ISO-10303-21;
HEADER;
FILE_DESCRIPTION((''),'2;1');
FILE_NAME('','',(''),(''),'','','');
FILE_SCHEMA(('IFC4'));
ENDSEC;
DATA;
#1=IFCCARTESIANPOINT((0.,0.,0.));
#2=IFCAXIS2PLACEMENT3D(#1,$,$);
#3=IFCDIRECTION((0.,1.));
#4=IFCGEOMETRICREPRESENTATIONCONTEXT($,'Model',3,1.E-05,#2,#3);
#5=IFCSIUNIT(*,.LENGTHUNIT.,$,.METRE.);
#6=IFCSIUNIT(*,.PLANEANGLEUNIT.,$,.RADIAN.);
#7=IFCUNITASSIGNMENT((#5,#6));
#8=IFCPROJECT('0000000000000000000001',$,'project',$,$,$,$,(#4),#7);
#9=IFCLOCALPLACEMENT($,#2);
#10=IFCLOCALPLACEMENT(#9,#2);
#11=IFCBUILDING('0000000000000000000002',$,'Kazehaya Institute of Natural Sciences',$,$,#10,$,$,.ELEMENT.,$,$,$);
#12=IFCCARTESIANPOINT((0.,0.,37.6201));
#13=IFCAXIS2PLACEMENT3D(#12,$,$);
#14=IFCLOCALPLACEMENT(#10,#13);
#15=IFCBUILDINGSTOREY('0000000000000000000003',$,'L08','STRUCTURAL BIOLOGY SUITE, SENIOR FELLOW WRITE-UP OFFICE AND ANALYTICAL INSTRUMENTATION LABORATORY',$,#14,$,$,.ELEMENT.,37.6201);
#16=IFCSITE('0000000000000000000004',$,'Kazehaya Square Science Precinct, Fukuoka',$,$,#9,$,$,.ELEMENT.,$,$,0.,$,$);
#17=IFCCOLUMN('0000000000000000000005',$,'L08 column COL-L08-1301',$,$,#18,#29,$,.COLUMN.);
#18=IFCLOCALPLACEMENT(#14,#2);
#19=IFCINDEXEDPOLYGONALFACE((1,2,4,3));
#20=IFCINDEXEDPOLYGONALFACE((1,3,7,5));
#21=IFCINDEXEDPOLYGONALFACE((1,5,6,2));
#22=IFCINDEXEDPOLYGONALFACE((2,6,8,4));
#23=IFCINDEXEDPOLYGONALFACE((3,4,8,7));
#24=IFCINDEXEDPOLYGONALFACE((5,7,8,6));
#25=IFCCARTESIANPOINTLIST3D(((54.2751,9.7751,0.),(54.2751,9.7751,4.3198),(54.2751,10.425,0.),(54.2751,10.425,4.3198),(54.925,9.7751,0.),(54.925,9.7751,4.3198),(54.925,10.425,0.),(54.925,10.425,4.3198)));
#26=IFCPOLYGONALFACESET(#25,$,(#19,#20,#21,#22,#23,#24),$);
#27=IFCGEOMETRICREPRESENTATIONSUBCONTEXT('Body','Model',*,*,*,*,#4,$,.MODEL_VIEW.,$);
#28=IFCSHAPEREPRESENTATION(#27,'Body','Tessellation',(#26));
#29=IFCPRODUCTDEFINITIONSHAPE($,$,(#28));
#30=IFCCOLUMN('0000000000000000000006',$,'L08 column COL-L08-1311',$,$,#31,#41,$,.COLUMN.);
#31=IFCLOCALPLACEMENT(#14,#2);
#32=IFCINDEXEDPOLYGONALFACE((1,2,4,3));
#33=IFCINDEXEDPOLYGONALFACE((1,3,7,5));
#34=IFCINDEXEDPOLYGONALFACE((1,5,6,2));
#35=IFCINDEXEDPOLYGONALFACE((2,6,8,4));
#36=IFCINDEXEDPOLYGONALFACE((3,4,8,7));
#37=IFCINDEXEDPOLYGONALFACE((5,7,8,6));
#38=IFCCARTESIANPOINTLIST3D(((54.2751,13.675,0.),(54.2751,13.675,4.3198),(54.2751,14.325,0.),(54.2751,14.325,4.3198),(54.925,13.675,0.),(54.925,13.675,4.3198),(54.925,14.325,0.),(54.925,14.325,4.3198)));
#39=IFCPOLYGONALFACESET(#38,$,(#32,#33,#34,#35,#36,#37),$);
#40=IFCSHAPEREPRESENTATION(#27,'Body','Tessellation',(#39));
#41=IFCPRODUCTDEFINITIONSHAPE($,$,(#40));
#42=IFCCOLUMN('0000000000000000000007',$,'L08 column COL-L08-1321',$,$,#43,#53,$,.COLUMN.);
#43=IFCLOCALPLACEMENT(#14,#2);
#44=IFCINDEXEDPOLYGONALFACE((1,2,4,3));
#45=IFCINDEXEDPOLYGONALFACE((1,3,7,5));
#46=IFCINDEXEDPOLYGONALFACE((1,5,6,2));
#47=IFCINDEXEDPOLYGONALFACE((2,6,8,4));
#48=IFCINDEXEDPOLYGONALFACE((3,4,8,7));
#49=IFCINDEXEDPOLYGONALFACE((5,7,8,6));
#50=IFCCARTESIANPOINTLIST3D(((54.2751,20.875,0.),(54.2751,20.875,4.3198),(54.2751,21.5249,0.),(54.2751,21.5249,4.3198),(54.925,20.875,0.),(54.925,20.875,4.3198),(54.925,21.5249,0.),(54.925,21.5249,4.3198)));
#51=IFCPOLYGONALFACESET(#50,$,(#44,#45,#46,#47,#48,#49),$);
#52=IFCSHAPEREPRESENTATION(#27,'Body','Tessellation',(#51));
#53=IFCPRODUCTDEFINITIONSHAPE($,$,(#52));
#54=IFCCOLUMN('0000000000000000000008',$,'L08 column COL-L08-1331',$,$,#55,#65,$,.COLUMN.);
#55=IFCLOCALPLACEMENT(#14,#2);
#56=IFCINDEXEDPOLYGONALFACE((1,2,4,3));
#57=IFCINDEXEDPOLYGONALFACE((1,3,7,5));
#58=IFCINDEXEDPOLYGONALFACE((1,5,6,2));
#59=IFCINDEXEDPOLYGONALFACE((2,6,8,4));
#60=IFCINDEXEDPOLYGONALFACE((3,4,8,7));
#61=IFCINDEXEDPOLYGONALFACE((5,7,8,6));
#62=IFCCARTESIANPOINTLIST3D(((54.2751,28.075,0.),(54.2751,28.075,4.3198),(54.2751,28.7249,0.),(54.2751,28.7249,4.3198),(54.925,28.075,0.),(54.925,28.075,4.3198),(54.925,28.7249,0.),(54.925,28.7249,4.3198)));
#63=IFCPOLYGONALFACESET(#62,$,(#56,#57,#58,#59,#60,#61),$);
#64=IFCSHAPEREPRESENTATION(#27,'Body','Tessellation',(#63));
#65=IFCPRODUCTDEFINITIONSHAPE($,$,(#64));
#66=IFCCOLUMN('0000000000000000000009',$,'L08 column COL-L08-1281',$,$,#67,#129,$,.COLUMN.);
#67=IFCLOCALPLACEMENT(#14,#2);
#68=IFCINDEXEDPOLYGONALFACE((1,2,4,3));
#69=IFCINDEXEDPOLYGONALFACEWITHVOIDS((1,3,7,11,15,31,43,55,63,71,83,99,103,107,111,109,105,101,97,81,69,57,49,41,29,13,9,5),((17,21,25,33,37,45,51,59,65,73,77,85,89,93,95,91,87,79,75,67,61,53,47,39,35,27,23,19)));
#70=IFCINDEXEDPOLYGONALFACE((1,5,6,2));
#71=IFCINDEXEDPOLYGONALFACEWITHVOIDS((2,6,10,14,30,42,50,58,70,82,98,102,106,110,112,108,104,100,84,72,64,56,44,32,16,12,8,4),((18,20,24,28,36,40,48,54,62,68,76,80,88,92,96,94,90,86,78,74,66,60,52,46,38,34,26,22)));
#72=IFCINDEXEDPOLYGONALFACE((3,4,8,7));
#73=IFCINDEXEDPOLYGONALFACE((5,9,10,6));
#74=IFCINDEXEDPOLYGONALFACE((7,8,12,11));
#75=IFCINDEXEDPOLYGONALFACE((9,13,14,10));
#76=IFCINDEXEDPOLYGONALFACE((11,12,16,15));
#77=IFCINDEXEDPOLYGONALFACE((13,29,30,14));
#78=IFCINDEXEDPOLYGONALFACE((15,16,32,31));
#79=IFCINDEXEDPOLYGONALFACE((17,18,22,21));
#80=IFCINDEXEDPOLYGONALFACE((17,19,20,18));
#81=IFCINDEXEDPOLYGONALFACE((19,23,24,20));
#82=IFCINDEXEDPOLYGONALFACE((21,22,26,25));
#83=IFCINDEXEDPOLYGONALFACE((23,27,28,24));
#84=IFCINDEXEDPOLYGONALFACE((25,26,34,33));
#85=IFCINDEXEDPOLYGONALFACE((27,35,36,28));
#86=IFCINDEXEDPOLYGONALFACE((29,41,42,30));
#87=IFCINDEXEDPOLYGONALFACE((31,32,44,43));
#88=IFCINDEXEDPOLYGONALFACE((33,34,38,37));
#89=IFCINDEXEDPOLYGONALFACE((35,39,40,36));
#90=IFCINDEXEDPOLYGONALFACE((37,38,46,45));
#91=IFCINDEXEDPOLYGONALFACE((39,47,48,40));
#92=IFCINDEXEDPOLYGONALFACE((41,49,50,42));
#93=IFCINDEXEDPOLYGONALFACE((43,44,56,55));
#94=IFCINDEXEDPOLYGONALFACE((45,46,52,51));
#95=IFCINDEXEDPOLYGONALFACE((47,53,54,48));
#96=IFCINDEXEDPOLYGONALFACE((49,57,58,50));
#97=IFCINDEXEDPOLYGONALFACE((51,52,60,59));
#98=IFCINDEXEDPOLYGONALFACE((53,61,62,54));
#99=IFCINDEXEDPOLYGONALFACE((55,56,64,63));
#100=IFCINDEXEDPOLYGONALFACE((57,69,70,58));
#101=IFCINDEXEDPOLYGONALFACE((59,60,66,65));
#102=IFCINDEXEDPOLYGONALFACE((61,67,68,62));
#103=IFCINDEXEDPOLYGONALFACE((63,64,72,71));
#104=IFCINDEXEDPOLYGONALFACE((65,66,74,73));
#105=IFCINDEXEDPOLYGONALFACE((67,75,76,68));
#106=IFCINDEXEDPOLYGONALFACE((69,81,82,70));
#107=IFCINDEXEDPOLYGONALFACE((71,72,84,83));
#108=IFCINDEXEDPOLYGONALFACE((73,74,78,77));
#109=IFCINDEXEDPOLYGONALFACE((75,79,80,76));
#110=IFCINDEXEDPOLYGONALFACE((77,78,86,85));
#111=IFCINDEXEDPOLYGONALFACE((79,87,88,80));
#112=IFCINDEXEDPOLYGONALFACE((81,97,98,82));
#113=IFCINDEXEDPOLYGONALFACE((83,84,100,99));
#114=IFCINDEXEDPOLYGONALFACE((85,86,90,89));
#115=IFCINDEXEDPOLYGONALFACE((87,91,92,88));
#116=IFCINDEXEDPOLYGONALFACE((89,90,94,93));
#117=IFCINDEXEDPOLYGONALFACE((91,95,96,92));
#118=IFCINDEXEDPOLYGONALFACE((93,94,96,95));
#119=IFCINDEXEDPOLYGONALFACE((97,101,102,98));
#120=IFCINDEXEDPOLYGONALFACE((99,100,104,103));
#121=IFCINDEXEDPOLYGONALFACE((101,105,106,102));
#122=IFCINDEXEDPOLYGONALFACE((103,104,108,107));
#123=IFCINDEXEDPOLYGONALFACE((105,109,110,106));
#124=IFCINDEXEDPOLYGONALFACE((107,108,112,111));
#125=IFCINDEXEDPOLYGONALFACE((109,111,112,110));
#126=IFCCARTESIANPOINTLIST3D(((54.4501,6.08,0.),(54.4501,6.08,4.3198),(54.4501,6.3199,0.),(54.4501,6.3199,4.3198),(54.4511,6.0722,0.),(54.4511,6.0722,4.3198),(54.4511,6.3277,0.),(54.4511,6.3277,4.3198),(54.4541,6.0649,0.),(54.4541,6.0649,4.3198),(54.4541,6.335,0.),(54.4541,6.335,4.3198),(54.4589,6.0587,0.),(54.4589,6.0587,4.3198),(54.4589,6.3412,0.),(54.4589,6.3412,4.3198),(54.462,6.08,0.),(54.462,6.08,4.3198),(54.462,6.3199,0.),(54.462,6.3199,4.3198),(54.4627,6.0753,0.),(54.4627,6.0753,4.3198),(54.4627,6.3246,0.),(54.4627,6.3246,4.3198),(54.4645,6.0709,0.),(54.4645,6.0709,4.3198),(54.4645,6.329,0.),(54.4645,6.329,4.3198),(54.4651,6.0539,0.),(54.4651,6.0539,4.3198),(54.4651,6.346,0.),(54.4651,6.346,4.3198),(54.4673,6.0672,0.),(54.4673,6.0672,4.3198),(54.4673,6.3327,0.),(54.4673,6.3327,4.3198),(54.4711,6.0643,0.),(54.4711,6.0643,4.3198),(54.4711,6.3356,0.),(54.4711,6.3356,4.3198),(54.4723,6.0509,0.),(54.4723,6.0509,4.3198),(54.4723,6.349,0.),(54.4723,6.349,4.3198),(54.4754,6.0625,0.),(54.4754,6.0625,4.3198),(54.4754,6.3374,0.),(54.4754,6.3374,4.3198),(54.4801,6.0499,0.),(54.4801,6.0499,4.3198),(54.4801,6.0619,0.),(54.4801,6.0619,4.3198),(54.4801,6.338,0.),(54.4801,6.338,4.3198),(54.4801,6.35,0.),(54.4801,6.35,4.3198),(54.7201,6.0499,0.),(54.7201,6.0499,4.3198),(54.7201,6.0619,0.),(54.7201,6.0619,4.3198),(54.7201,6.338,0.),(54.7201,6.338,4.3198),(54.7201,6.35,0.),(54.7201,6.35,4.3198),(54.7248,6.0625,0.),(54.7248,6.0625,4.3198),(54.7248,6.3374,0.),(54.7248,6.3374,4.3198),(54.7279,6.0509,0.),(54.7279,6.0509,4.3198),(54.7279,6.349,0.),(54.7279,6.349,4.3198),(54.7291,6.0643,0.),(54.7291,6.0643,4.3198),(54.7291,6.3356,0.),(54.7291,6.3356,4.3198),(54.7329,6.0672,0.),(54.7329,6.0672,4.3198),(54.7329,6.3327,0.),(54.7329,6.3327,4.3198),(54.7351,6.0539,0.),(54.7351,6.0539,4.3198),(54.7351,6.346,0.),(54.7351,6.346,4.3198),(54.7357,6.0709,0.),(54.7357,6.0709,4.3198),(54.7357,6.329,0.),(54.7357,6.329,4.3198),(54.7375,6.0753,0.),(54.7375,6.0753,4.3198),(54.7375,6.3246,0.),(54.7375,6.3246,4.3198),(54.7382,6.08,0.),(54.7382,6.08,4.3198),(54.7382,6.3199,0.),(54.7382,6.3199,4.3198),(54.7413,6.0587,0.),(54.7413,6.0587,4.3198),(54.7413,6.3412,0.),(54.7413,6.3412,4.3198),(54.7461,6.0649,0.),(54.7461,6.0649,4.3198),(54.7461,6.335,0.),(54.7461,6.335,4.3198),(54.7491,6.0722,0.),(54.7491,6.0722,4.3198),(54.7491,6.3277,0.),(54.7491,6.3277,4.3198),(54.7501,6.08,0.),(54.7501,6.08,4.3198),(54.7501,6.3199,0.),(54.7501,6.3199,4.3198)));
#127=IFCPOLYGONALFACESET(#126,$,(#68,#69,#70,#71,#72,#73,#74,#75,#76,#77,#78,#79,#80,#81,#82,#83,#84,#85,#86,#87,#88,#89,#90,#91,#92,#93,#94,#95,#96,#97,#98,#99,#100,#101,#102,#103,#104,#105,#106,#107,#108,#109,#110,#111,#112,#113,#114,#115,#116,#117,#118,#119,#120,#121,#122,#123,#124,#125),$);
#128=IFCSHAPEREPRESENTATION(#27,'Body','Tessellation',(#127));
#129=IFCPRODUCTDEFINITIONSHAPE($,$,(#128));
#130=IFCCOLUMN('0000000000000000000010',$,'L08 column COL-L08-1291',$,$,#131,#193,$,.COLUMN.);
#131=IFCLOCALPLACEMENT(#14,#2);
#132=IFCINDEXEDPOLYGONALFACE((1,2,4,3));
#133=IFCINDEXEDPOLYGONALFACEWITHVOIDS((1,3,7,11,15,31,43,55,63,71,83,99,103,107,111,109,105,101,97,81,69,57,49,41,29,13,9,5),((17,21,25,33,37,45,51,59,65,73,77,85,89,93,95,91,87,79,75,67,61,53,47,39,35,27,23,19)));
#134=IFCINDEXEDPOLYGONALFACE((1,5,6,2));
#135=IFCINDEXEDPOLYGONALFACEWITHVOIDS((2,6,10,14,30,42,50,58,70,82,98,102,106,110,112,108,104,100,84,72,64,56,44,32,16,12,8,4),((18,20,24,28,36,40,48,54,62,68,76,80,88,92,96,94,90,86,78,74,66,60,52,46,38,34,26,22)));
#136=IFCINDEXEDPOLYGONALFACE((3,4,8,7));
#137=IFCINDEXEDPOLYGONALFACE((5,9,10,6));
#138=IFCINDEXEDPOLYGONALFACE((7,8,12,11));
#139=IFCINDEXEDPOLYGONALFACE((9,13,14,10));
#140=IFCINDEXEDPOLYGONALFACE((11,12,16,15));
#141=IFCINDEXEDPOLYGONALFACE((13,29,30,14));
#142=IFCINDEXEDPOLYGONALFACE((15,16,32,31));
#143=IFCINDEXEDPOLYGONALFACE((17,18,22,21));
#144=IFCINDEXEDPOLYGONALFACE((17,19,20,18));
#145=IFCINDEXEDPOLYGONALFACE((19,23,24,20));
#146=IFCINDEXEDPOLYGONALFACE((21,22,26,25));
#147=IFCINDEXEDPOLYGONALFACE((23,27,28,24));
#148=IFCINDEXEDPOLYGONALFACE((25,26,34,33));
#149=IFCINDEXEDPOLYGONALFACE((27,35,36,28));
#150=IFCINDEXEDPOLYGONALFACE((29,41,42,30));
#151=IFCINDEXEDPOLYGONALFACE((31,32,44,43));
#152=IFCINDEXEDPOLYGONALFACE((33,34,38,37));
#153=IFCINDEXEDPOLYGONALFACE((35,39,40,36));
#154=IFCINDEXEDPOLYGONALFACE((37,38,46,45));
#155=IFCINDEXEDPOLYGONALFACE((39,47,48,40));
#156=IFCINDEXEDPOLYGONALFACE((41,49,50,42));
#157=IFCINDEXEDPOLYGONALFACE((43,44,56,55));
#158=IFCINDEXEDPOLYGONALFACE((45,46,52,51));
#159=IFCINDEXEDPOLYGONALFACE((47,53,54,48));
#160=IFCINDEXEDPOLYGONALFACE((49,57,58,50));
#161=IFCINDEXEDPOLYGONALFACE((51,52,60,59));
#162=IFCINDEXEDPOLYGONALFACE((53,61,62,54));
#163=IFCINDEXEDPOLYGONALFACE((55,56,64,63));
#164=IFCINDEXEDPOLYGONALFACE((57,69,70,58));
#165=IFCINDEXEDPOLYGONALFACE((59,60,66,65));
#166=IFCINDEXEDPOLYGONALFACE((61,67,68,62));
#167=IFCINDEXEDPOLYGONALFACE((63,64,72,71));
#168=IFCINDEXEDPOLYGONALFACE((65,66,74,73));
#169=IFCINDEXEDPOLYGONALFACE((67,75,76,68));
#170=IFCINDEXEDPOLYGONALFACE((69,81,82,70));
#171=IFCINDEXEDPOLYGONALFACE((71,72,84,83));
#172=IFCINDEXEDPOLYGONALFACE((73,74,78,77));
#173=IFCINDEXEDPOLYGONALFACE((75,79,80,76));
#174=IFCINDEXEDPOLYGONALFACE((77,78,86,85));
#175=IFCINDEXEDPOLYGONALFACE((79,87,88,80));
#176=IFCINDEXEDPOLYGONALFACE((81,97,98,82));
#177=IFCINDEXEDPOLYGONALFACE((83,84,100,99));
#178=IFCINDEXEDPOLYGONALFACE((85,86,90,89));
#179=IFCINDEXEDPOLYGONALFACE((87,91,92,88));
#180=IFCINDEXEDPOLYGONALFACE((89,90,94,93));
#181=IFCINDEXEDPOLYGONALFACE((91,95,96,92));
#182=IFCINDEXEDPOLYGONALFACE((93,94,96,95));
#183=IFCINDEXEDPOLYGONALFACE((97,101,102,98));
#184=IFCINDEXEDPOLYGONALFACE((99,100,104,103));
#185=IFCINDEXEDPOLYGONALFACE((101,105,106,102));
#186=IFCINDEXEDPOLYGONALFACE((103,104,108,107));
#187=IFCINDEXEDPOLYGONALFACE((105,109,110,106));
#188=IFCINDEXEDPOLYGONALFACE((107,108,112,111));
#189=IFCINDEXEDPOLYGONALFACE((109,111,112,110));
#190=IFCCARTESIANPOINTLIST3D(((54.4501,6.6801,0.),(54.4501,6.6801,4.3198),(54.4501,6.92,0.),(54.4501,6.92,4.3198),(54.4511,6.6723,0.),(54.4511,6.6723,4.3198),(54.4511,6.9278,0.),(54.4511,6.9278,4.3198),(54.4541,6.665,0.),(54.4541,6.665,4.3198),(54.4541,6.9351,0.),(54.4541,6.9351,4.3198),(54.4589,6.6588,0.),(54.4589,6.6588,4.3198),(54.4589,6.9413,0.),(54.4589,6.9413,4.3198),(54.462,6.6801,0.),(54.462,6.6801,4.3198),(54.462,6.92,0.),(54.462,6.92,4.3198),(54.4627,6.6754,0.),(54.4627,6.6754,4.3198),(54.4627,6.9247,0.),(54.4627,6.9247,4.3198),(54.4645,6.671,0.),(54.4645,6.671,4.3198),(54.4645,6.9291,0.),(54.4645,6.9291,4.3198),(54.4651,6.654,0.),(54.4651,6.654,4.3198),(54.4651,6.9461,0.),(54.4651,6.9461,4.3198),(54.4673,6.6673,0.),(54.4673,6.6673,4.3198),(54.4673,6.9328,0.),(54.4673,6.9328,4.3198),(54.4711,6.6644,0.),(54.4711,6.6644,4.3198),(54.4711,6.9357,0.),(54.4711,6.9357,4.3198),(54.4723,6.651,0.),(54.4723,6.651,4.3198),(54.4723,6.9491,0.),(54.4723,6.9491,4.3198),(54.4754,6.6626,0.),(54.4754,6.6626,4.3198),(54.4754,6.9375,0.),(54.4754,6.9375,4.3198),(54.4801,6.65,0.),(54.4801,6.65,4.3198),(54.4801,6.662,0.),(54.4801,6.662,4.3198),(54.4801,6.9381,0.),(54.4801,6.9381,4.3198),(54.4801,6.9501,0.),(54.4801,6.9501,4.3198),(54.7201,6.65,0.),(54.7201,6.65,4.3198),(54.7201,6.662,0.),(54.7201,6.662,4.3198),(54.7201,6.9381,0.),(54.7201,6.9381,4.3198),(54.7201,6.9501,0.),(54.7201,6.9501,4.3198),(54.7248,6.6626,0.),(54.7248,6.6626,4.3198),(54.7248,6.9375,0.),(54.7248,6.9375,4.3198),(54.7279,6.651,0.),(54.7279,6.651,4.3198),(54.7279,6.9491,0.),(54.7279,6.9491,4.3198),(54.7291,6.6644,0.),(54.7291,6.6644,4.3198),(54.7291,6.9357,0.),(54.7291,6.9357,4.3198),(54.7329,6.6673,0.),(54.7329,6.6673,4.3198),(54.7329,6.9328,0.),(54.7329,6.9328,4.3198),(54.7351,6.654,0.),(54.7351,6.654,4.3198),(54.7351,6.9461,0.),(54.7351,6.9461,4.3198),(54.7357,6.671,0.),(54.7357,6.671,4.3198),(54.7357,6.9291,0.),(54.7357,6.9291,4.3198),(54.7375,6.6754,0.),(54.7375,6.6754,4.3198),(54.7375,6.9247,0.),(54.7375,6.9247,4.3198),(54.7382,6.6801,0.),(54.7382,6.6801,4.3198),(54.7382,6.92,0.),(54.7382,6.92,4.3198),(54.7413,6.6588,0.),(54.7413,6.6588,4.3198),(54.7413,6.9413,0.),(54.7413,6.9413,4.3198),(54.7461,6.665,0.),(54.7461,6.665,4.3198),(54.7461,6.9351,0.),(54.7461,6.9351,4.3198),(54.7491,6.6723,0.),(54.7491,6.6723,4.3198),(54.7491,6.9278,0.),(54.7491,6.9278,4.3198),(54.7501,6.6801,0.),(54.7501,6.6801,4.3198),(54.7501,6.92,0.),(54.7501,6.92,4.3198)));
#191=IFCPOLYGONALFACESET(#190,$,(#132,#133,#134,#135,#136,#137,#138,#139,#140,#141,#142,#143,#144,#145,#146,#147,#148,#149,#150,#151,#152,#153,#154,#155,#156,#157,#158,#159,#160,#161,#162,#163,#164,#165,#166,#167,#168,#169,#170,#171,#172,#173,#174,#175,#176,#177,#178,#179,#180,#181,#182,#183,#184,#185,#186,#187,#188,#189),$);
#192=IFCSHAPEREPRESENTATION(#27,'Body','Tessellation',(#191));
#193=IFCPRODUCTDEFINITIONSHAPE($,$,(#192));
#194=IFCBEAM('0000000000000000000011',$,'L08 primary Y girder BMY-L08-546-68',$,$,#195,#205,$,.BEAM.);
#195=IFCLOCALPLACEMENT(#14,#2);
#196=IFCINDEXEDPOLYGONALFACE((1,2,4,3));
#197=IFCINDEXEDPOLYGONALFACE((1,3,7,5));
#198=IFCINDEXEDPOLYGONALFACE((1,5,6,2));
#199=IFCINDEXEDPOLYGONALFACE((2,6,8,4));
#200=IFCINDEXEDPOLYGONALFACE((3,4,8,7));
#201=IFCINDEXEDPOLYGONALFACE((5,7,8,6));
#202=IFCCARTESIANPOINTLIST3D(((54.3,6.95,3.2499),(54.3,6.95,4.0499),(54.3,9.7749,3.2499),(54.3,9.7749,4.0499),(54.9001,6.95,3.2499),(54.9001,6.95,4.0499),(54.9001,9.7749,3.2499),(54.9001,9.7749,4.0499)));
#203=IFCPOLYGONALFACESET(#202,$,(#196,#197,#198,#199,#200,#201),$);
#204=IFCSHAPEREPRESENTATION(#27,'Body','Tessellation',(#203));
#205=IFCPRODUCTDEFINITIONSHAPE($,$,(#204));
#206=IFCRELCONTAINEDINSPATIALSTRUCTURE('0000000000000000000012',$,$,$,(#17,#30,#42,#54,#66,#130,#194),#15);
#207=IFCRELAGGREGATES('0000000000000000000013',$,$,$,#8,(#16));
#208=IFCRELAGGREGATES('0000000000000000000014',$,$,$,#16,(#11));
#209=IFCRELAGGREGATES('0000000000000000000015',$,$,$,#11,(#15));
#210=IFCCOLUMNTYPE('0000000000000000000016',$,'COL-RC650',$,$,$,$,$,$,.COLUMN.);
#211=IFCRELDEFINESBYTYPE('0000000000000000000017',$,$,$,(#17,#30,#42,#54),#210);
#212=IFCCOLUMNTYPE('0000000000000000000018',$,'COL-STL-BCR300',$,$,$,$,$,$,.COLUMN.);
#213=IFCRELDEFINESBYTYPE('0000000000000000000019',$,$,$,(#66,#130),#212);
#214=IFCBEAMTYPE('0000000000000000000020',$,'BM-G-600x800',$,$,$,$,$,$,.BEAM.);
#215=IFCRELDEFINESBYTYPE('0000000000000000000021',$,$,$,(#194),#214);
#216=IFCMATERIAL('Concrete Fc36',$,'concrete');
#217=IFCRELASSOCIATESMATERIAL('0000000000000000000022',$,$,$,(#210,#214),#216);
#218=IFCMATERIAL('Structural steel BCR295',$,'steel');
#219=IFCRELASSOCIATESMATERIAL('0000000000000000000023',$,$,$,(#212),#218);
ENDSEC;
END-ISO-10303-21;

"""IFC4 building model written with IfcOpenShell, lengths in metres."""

from ifc_helpers import new_model, si_unit, direction, frame, origin, origin_2d, place, context, subcontext, project, spatial, rectangle, hollow_rectangle, extrude, material, material_profile, profile_set, type_object, element, save


model = new_model("IFC4")

# Units and contexts
model_context = context("Model", 3, precision=1e-05, world=origin(), true_north=direction((0.0, 1.0)))
body_context = subcontext(model_context, "Body", "Model", "MODEL_VIEW")
ifc_project = project(units=[si_unit("LENGTHUNIT", "METRE"), si_unit("PLANEANGLEUNIT", "RADIAN")], contexts=[model_context])

# Site, building, storey
site_placement = place(None, origin())
site = spatial("IfcSite", under=ifc_project, at=site_placement, Name="Kazehaya Square Science Precinct, Fukuoka", CompositionType="ELEMENT", RefElevation=0.0)
building_placement = place(site_placement, origin())
building = spatial("IfcBuilding", under=site, at=building_placement, Name="Kazehaya Institute of Natural Sciences", CompositionType="ELEMENT")
storey_placement = place(building_placement, frame((0.0, 0.0, 37.6201)))
storey = spatial("IfcBuildingStorey", under=building, at=storey_placement, Name="L08", Description="STRUCTURAL BIOLOGY SUITE, SENIOR FELLOW WRITE-UP OFFICE AND ANALYTICAL INSTRUMENTATION LABORATORY", CompositionType="ELEMENT", Elevation=37.6201)

# Columns
ifc_material_1 = material(Name="Concrete Fc36", Category="concrete")
ifc_material_profile_1 = material_profile(ifc_material_1, rectangle(XDim=0.6499, YDim=0.6499, at=origin_2d()), Name="RC-650x650")
ifc_profile_set_1 = profile_set([ifc_material_profile_1], Name="Concrete Fc36")
column_type_1 = type_object("IfcColumnType", Name="COL-RC650", PredefinedType="COLUMN", material=ifc_profile_set_1)
for number, where, z_axis, x_axis, name in (
    (1, (54.6001, 10.1001, 0.0), (0.0, 0.0, 1.0), (1.0, 0.0, 0.0), "L08 column COL-L08-1301"),
    (2, (54.6001, 14.0, 0.0), (0.0, 0.0, 1.0), (1.0, 0.0, 0.0), "L08 column COL-L08-1311"),
    (3, (54.6001, 21.2, 0.0), (0.0, 0.0, 1.0), (1.0, 0.0, 0.0), "L08 column COL-L08-1321"),
    (4, (54.6001, 28.3999, 0.0), (0.0, 0.0, 1.0), (1.0, 0.0, 0.0), "L08 column COL-L08-1331"),
):
    element("IfcColumn", number, at=place(storey_placement, frame(where, z_axis=z_axis, x_axis=x_axis)), inside=storey, type_object=column_type_1, Name=name, PredefinedType="COLUMN", context=body_context, shape_type="SweptSolid", body=[
        extrude(rectangle(XDim=0.6499, YDim=0.6499, at=origin_2d()), origin(), (0.0, 0.0, 1.0), 4.3198),
    ])
ifc_material_2 = material(Name="Structural steel BCR295", Category="steel")
ifc_material_profile_2 = material_profile(ifc_material_2, hollow_rectangle(XDim=0.3, YDim=0.3, WallThickness=0.012, InnerFilletRadius=0.0181, OuterFilletRadius=0.03, at=origin_2d()), Name="BCR-300x300x12")
ifc_profile_set_2 = profile_set([ifc_material_profile_2], Name="Structural steel BCR295")
column_type_2 = type_object("IfcColumnType", Name="COL-STL-BCR300", PredefinedType="COLUMN", material=ifc_profile_set_2)
for number, where, z_axis, x_axis, name in (
    (5, (54.6001, 6.2, 0.0), (0.0, 0.0, 1.0), (1.0, 0.0, 0.0), "L08 column COL-L08-1281"),
    (6, (54.6001, 6.8, 0.0), (0.0, 0.0, 1.0), (1.0, 0.0, 0.0), "L08 column COL-L08-1291"),
):
    element("IfcColumn", number, at=place(storey_placement, frame(where, z_axis=z_axis, x_axis=x_axis)), inside=storey, type_object=column_type_2, Name=name, PredefinedType="COLUMN", context=body_context, shape_type="SweptSolid", body=[
        extrude(hollow_rectangle(XDim=0.3, YDim=0.3, WallThickness=0.012, InnerFilletRadius=0.0181, OuterFilletRadius=0.03, at=origin_2d()), origin(), (0.0, 0.0, 1.0), 4.3198),
    ])

# Beam
ifc_material_profile_3 = material_profile(ifc_material_1, rectangle(XDim=0.6001, YDim=0.8, at=origin_2d()), Name="RC-600x800")
ifc_profile_set_3 = profile_set([ifc_material_profile_3], Name="Concrete Fc36")
beam_type = type_object("IfcBeamType", Name="BM-G-600x800", PredefinedType="BEAM", material=ifc_profile_set_3)
beam_1_placement = place(storey_placement, frame((54.6001, 6.95, 3.6499), z_axis=(0.0, 1.0, 0.0), x_axis=(-1.0, 0.0, 0.0)))
element("IfcBeam", 7, at=beam_1_placement, inside=storey, type_object=beam_type, Name="L08 primary Y girder BMY-L08-546-68", PredefinedType="BEAM", context=body_context, shape_type="SweptSolid", body=[
    extrude(rectangle(XDim=0.6001, YDim=0.8, at=origin_2d()), origin(), (0.0, 0.0, 1.0), 2.825),
])

save(model, "model.ifc")
